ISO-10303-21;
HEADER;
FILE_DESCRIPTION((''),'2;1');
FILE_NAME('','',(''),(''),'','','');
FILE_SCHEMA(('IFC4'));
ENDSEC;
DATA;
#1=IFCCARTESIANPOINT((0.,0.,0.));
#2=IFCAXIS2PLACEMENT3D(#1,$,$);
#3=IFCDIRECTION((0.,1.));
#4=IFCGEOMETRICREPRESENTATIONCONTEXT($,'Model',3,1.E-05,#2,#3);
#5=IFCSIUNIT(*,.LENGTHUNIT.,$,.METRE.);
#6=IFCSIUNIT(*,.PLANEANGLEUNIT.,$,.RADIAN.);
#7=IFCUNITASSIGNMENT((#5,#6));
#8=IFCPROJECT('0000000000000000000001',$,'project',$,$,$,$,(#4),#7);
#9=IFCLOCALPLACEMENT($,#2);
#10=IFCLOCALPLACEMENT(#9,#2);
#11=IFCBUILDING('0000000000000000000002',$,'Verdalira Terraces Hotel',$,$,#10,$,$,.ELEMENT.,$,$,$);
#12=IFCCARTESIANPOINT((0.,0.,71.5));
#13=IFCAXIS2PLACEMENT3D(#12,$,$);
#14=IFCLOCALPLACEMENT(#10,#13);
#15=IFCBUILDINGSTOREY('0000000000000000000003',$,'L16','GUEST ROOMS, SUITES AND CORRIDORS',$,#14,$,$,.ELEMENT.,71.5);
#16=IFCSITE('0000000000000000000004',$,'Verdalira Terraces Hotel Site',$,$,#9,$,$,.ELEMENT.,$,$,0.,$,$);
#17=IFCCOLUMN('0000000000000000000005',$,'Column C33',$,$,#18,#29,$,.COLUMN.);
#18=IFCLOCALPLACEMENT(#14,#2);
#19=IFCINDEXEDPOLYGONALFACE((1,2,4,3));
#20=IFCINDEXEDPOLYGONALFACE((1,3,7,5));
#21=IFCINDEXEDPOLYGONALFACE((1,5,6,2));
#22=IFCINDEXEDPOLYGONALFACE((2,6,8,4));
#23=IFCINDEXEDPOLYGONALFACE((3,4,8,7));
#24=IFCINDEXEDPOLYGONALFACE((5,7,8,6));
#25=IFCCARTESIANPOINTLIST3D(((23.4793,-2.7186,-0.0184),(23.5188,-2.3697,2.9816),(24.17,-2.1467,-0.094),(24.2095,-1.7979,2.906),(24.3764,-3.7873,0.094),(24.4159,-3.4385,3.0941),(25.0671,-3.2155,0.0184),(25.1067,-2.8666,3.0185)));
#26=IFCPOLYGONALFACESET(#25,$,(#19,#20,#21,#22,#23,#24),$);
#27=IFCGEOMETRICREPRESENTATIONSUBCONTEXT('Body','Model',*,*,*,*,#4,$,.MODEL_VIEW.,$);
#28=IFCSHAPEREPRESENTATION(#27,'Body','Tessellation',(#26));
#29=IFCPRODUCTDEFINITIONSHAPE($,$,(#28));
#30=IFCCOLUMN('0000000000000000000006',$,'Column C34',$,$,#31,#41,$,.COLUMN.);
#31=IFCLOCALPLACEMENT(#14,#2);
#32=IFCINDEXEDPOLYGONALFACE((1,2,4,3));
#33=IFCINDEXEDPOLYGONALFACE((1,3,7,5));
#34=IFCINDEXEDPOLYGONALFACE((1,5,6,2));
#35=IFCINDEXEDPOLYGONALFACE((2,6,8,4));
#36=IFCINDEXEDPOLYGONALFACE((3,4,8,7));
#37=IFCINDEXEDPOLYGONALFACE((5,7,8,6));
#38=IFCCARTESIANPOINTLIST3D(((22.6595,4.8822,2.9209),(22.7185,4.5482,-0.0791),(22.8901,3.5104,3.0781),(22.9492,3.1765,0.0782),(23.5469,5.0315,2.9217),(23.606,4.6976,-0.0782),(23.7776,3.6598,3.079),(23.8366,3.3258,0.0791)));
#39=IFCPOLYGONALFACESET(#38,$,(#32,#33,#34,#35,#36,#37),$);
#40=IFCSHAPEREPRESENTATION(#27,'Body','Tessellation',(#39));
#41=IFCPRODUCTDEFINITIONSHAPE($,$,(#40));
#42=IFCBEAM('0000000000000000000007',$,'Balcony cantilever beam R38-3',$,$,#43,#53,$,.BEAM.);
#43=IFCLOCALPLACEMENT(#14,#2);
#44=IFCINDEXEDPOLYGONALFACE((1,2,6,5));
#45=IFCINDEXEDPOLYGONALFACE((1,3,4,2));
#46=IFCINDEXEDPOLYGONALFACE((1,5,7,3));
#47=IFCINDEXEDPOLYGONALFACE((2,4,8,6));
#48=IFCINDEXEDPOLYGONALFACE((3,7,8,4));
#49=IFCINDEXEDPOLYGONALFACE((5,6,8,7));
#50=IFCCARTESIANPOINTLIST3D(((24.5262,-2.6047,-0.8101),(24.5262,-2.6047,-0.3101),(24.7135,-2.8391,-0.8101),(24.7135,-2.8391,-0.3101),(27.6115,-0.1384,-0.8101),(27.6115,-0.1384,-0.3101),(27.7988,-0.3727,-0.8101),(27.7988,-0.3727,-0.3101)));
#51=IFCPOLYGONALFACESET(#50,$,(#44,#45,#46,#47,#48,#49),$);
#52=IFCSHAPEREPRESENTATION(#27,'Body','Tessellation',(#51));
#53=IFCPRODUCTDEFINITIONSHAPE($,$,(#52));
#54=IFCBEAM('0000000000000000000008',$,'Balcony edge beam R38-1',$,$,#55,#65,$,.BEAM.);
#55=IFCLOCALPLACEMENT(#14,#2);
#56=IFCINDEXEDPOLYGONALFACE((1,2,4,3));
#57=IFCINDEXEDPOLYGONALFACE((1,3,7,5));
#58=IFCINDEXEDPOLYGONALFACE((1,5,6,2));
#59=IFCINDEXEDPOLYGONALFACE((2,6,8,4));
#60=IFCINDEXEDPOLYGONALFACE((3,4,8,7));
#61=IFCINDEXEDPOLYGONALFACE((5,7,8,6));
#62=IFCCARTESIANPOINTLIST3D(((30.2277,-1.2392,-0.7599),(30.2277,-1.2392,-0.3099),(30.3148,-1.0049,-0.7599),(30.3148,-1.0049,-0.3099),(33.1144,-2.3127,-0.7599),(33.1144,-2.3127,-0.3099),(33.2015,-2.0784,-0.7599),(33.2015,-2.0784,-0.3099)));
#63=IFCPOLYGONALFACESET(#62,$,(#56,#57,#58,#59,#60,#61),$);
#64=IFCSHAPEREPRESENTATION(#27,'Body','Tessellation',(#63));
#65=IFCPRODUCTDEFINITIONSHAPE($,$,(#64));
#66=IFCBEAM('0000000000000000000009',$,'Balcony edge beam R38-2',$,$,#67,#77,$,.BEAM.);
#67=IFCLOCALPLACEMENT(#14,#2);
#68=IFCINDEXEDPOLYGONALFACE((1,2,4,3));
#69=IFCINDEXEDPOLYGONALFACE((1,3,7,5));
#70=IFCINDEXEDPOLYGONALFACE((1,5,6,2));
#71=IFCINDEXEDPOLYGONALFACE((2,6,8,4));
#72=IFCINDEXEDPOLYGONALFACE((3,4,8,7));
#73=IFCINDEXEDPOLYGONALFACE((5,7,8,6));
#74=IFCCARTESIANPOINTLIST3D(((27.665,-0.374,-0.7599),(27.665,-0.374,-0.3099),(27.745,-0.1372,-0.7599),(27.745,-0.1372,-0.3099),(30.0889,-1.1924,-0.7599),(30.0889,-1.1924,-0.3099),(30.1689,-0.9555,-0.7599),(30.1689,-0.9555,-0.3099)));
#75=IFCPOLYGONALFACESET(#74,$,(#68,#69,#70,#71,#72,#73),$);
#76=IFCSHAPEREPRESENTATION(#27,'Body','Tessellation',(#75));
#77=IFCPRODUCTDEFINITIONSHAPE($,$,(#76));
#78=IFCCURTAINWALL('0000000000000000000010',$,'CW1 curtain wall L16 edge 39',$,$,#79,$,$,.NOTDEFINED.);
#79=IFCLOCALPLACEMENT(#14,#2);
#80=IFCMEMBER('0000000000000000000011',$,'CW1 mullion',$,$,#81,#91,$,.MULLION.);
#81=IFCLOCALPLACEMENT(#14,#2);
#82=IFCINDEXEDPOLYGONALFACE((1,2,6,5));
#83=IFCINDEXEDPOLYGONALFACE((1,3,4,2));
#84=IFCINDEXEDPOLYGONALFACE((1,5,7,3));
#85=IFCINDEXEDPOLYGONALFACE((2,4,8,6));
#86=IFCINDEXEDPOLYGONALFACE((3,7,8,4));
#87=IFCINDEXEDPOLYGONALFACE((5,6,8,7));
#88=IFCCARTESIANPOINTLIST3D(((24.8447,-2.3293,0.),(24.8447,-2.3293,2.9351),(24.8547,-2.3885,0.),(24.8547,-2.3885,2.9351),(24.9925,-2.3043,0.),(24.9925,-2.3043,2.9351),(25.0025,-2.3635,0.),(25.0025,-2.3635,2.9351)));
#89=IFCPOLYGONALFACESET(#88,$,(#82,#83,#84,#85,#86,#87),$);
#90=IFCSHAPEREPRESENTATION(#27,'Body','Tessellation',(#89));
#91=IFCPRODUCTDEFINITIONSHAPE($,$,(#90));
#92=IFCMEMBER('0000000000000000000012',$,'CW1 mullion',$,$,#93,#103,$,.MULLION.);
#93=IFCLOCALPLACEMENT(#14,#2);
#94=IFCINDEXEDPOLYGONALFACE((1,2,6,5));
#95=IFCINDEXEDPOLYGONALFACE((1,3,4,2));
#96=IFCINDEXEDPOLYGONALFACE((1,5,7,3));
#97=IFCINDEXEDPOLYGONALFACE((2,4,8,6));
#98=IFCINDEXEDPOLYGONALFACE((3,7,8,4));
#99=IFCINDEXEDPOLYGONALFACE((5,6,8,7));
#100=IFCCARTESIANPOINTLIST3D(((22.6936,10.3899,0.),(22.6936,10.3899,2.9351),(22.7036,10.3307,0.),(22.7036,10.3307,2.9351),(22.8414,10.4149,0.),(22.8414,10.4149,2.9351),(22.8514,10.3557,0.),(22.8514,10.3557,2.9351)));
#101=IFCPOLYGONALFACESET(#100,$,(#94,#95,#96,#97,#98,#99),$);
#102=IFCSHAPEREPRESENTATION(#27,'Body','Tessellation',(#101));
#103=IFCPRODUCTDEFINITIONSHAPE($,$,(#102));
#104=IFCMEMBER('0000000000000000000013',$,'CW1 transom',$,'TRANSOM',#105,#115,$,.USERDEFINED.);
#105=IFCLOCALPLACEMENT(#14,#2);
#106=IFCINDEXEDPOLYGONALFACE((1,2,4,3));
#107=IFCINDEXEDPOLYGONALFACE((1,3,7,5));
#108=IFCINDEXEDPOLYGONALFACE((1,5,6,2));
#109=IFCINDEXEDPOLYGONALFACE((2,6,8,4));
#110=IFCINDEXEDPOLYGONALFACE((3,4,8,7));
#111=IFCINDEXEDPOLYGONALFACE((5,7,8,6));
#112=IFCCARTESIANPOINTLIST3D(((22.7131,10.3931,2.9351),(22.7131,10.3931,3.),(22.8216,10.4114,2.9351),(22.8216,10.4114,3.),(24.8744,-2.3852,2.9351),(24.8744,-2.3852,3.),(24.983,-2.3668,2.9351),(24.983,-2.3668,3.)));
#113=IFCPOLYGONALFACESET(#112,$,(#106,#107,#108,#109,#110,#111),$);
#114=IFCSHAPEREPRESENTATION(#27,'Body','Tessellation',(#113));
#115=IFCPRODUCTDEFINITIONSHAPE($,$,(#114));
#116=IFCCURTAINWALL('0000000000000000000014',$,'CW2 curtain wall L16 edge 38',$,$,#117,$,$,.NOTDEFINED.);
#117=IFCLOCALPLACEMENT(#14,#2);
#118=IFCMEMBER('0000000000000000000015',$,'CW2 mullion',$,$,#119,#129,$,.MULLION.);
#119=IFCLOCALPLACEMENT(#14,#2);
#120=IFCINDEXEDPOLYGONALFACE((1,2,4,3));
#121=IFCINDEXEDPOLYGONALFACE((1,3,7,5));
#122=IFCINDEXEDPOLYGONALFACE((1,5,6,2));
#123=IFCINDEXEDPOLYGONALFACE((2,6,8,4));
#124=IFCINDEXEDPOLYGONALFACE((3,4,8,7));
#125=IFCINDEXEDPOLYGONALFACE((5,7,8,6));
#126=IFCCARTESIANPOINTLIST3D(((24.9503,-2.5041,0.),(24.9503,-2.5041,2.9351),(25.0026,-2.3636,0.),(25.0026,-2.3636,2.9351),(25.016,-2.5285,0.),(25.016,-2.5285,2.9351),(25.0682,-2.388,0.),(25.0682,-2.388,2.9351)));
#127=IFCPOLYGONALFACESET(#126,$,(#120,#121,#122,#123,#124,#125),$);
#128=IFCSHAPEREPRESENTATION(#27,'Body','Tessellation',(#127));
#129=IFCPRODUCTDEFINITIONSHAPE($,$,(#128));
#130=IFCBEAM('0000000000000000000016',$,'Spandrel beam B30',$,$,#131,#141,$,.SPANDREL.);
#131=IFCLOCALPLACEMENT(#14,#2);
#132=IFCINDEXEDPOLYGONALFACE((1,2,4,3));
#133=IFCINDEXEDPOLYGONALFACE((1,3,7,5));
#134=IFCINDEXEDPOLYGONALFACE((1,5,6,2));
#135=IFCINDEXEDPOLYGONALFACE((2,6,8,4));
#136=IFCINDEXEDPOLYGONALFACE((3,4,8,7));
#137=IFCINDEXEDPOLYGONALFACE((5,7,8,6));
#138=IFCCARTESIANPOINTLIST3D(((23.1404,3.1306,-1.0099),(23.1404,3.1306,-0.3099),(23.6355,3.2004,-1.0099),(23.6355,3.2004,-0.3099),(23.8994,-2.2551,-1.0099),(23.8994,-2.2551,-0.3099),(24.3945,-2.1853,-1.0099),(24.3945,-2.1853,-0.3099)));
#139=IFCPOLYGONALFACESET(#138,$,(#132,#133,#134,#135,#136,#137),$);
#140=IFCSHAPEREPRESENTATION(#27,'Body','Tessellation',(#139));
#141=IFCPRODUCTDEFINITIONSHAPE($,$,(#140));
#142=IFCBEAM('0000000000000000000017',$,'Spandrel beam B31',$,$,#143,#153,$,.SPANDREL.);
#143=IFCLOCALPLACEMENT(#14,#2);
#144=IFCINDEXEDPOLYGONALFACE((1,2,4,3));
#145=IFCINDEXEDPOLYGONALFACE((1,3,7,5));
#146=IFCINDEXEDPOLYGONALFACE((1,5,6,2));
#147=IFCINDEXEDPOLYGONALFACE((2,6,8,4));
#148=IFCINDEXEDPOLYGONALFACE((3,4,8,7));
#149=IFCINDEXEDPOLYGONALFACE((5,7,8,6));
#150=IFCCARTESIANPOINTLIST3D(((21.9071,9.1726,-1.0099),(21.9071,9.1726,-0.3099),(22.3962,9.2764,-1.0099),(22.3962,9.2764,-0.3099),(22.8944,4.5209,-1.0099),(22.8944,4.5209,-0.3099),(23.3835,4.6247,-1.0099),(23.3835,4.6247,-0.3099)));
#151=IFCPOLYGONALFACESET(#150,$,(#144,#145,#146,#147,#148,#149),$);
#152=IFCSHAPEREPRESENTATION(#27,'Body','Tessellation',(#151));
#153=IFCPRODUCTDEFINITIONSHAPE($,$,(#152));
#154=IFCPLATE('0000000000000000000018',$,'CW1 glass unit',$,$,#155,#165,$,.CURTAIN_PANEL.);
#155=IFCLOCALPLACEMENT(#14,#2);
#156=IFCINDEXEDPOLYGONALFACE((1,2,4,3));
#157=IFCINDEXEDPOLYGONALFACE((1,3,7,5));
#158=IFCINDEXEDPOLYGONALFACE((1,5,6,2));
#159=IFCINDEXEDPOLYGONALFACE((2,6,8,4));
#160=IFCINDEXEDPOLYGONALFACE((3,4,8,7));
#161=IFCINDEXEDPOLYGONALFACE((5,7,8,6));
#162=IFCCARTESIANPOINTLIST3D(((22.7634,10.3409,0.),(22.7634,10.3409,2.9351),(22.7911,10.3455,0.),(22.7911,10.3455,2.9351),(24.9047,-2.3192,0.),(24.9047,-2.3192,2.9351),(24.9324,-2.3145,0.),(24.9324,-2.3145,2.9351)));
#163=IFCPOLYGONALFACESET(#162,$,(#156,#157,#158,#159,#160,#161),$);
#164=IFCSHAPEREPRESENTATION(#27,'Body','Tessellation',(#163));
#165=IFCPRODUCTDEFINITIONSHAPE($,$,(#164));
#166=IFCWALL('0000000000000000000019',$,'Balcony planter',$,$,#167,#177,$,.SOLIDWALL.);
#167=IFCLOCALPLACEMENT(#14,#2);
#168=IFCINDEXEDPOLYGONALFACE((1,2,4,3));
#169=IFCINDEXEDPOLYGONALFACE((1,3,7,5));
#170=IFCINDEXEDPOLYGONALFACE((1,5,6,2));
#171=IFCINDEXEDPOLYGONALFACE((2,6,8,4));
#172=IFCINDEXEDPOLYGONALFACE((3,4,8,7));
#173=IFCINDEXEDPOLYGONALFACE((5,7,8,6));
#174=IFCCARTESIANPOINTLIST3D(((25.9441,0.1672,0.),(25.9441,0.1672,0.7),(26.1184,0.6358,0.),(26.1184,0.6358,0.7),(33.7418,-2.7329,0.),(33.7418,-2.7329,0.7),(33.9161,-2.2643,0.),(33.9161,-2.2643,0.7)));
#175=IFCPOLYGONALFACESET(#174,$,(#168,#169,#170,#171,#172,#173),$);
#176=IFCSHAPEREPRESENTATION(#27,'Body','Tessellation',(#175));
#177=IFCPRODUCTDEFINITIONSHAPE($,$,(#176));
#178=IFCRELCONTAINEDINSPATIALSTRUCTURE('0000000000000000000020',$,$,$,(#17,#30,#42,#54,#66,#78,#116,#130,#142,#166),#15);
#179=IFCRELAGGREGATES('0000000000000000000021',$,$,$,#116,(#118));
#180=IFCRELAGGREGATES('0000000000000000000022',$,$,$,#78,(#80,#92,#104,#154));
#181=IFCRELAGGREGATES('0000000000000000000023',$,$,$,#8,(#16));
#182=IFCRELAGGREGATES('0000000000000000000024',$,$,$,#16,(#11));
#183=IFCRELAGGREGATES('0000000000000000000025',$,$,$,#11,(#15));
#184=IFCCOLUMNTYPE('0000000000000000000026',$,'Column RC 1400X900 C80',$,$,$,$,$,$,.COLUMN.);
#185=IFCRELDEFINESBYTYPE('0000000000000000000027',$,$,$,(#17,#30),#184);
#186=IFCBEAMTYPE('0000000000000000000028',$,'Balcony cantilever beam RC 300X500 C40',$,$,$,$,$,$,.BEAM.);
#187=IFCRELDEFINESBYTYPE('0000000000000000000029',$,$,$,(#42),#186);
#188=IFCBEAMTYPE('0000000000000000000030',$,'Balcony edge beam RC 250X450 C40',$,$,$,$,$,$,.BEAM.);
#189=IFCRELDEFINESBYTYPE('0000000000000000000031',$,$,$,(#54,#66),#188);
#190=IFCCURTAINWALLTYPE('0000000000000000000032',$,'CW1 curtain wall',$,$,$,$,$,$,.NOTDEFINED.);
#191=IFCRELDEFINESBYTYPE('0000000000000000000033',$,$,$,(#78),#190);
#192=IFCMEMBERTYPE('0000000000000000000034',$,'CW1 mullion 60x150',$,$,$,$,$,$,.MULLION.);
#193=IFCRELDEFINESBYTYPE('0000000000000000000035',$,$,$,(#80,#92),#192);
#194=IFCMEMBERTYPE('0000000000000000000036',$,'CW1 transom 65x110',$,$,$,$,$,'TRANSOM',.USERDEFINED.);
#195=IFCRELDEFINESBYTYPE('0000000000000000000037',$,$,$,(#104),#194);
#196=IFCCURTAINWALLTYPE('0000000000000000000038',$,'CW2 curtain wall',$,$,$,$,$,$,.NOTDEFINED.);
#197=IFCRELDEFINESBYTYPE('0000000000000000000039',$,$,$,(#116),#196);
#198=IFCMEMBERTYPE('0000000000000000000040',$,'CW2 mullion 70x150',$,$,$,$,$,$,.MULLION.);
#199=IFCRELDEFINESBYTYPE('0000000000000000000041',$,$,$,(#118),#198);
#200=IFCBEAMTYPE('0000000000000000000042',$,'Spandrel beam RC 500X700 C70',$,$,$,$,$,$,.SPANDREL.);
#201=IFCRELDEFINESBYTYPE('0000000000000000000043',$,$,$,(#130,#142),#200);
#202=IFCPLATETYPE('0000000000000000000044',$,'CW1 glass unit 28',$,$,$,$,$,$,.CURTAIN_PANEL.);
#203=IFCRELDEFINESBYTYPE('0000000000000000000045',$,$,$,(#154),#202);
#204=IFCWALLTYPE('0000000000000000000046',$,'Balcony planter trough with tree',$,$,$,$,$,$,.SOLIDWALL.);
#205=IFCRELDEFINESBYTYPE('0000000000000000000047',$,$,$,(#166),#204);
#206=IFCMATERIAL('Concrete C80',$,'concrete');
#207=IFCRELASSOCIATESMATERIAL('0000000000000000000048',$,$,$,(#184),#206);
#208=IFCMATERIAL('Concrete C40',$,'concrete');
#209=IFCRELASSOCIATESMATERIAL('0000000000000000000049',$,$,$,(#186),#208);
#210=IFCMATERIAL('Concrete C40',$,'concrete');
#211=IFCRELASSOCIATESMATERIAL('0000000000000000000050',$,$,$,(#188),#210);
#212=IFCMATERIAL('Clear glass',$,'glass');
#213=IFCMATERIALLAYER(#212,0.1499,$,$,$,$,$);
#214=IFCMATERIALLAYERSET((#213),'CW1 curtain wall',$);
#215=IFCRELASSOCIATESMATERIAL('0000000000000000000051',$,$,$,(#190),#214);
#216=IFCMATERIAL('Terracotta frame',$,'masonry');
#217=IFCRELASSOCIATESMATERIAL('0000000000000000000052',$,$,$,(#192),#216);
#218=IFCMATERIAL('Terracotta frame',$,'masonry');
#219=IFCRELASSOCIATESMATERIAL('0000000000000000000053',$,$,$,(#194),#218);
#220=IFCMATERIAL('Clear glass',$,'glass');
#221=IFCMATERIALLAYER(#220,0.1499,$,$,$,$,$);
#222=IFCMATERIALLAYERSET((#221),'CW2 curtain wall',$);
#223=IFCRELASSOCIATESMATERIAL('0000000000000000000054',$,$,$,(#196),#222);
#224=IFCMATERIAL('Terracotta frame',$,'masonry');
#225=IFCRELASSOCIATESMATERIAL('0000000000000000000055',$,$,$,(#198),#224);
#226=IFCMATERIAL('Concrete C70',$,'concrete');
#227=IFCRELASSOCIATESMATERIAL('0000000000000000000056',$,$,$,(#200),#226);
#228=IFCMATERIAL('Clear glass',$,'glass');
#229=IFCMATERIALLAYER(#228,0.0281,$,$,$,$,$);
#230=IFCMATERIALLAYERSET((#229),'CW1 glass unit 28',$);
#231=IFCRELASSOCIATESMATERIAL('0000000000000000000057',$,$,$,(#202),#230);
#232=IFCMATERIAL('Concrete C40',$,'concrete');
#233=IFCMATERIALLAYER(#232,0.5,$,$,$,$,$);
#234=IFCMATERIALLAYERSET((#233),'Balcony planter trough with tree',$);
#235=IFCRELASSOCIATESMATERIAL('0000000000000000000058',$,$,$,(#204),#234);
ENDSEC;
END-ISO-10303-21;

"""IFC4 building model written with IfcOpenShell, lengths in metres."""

from ifc_helpers import new_model, si_unit, direction, frame, frame_2d, origin, origin_2d, place, context, subcontext, project, spatial, rectangle, extrude, material, layer, layer_set, material_profile, profile_set, type_object, element, aggregate, save


model = new_model("IFC4")

# Units and contexts
model_context = context("Model", 3, precision=1e-05, world=origin(), true_north=direction((0.0, 1.0)))
body_context = subcontext(model_context, "Body", "Model", "MODEL_VIEW")
ifc_project = project(units=[si_unit("LENGTHUNIT", "METRE"), si_unit("PLANEANGLEUNIT", "RADIAN")], contexts=[model_context])

# Site, building, storey
site_placement = place(None, origin())
site = spatial("IfcSite", under=ifc_project, at=site_placement, Name="Verdalira Terraces Hotel Site", CompositionType="ELEMENT", RefElevation=0.0)
building_placement = place(site_placement, origin())
building = spatial("IfcBuilding", under=site, at=building_placement, Name="Verdalira Terraces Hotel", CompositionType="ELEMENT")
storey_placement = place(building_placement, frame((0.0, 0.0, 71.5)))
storey = spatial("IfcBuildingStorey", under=building, at=storey_placement, Name="L16", Description="GUEST ROOMS, SUITES AND CORRIDORS", CompositionType="ELEMENT", Elevation=71.5)

# Columns
ifc_material_1 = material(Name="Concrete C80", Category="concrete")
ifc_material_profile_1 = material_profile(ifc_material_1, rectangle(XDim=1.3999, YDim=0.8999, at=origin_2d()), Name="RC 1400X900")
ifc_profile_set_1 = profile_set([ifc_material_profile_1], Name="Concrete C80")
column_type = type_object("IfcColumnType", Name="Column RC 1400X900 C80", PredefinedType="COLUMN", material=ifc_profile_set_1)
column_1_placement = place(storey_placement, frame((24.2732, -2.967, 0.0), z_axis=(0.013094, 0.115504, 0.993221), x_axis=(0.640851, -0.76345, 0.080335)))
element("IfcColumn", 1, at=column_1_placement, inside=storey, type_object=column_type, Name="Column C33", PredefinedType="COLUMN", context=body_context, shape_type="SweptSolid", body=[
    extrude(rectangle(XDim=1.3999, YDim=0.8999, at=origin_2d()), origin(), (0.0, 0.0, 1.0), 3.0205),
])
column_2_placement = place(storey_placement, frame((23.2776, 3.937, 0.0), z_axis=(-0.019569, 0.110623, 0.99367), x_axis=(-0.164784, 0.979911, -0.112337)))
element("IfcColumn", 2, at=column_2_placement, inside=storey, type_object=column_type, Name="Column C34", PredefinedType="COLUMN", context=body_context, shape_type="SweptSolid", body=[
    extrude(rectangle(XDim=1.3999, YDim=0.8999, at=origin_2d()), origin(), (0.0, 0.0, 1.0), 3.019),
])

# Beams
ifc_material_2 = material(Name="Concrete C40", Category="concrete")
ifc_material_profile_2 = material_profile(ifc_material_2, rectangle(XDim=0.3, YDim=0.5, at=origin_2d()), Name="RC 300X500")
ifc_profile_set_2 = profile_set([ifc_material_profile_2], Name="Concrete C40")
beam_type_1 = type_object("IfcBeamType", Name="Balcony cantilever beam RC 300X500 C40", PredefinedType="BEAM", material=ifc_profile_set_2)
beam_1_placement = place(storey_placement, frame((24.6199, -2.7219, -0.5601), z_axis=(0.781098, 0.624409, 0.0), x_axis=(-0.624409, 0.781098, 0.0)))
element("IfcBeam", 3, at=beam_1_placement, inside=storey, type_object=beam_type_1, Name="Balcony cantilever beam R38-3", PredefinedType="BEAM", context=body_context, shape_type="SweptSolid", body=[
    extrude(rectangle(XDim=0.3, YDim=0.5, at=origin_2d()), origin(), (0.0, 0.0, 1.0), 3.95),
])
ifc_material_3 = material(Name="Concrete C40", Category="concrete")
ifc_material_profile_3 = material_profile(ifc_material_3, rectangle(XDim=0.25, YDim=0.45, at=origin_2d()), Name="RC 250X450")
ifc_profile_set_3 = profile_set([ifc_material_profile_3], Name="Concrete C40")
beam_type_2 = type_object("IfcBeamType", Name="Balcony edge beam RC 250X450 C40", PredefinedType="BEAM", material=ifc_profile_set_3)
beam_2_placement = place(storey_placement, frame((33.158, -2.1956, -0.5349), z_axis=(-0.93729, 0.348551, 0.0), x_axis=(-0.348551, -0.93729, 0.0)))
element("IfcBeam", 4, at=beam_2_placement, inside=storey, type_object=beam_type_2, Name="Balcony edge beam R38-1", PredefinedType="BEAM", context=body_context, shape_type="SweptSolid", body=[
    extrude(rectangle(XDim=0.25, YDim=0.45, at=origin_2d()), origin(), (0.0, 0.0, 1.0), 3.0798),
])
beam_3_placement = place(storey_placement, frame((30.1289, -1.074, -0.5349), z_axis=(-0.947455, 0.31989, 0.0), x_axis=(-0.31989, -0.947455, 0.0)))
element("IfcBeam", 5, at=beam_3_placement, inside=storey, type_object=beam_type_2, Name="Balcony edge beam R38-2", PredefinedType="BEAM", context=body_context, shape_type="SweptSolid", body=[
    extrude(rectangle(XDim=0.25, YDim=0.45, at=origin_2d()), origin(), (0.0, 0.0, 1.0), 2.5583),
])

# Curtain wall, members
ifc_material_4 = material(Name="Clear glass", Category="glass")
ifc_layer_1 = layer(ifc_material_4, 0.1499)
ifc_layer_set_1 = layer_set([ifc_layer_1], Name="CW1 curtain wall")
curtain_wall_type_1 = type_object("IfcCurtainWallType", Name="CW1 curtain wall", PredefinedType="NOTDEFINED", material=ifc_layer_set_1)
curtain_wall_1_placement = place(storey_placement, origin())
curtain_wall_1 = element("IfcCurtainWall", 6, at=curtain_wall_1_placement, inside=storey, type_object=curtain_wall_type_1, Name="CW1 curtain wall L16 edge 39", PredefinedType="NOTDEFINED")
ifc_material_5 = material(Name="Terracotta frame", Category="masonry")
ifc_material_profile_4 = material_profile(ifc_material_5, rectangle(XDim=0.0601, YDim=0.1499, at=origin_2d()), Name="MU 60x150")
ifc_profile_set_4 = profile_set([ifc_material_profile_4], Name="Terracotta frame")
member_type_1 = type_object("IfcMemberType", Name="CW1 mullion 60x150", PredefinedType="MULLION", material=ifc_profile_set_4)
member_1_placement = place(storey_placement, frame((24.9236, -2.3464, 0.0), z_axis=(0.0, 0.0, 1.0), x_axis=(-0.166769, 0.985996, 0.0)))
member_1 = element("IfcMember", 7, at=member_1_placement, type_object=member_type_1, Name="CW1 mullion", PredefinedType="MULLION", context=body_context, shape_type="SweptSolid", body=[
    extrude(rectangle(XDim=0.0601, YDim=0.1499, at=origin_2d()), origin(), (0.0, 0.0, 1.0), 2.9351),
])
member_2_placement = place(storey_placement, frame((22.7725, 10.3728, 0.0), z_axis=(0.0, 0.0, 1.0), x_axis=(-0.166769, 0.985996, 0.0)))
member_2 = element("IfcMember", 8, at=member_2_placement, type_object=member_type_1, Name="CW1 mullion", PredefinedType="MULLION", context=body_context, shape_type="SweptSolid", body=[
    extrude(rectangle(XDim=0.0601, YDim=0.1499, at=origin_2d()), origin(), (0.0, 0.0, 1.0), 2.9351),
])
ifc_material_6 = material(Name="Terracotta frame", Category="masonry")
ifc_material_profile_5 = material_profile(ifc_material_6, rectangle(XDim=0.1101, YDim=0.0649, at=origin_2d()), Name="TR 65x110")
ifc_profile_set_5 = profile_set([ifc_material_profile_5], Name="Terracotta frame")
member_type_2 = type_object("IfcMemberType", Name="CW1 transom 65x110", ElementType="TRANSOM", PredefinedType="USERDEFINED", material=ifc_profile_set_5)
member_3_placement = place(storey_placement, frame((24.9287, -2.376, 2.9675), z_axis=(-0.166775, 0.985995, 0.0), x_axis=(-0.985995, -0.166775, 0.0)))
member_3 = element("IfcMember", 9, at=member_3_placement, type_object=member_type_2, Name="CW1 transom", ObjectType="TRANSOM", PredefinedType="USERDEFINED", context=body_context, shape_type="SweptSolid", body=[
    extrude(rectangle(XDim=0.1101, YDim=0.0649, at=origin_2d()), origin(), (0.0, 0.0, 1.0), 12.9597),
])

# Curtain wall, member
ifc_material_7 = material(Name="Clear glass", Category="glass")
ifc_layer_2 = layer(ifc_material_7, 0.1499)
ifc_layer_set_2 = layer_set([ifc_layer_2], Name="CW2 curtain wall")
curtain_wall_type_2 = type_object("IfcCurtainWallType", Name="CW2 curtain wall", PredefinedType="NOTDEFINED", material=ifc_layer_set_2)
curtain_wall_2_placement = place(storey_placement, origin())
curtain_wall_2 = element("IfcCurtainWall", 10, at=curtain_wall_2_placement, inside=storey, type_object=curtain_wall_type_2, Name="CW2 curtain wall L16 edge 38", PredefinedType="NOTDEFINED")
ifc_material_8 = material(Name="Terracotta frame", Category="masonry")
ifc_material_profile_6 = material_profile(ifc_material_8, rectangle(XDim=0.0701, YDim=0.1499, at=origin_2d()), Name="MU 70x150")
ifc_profile_set_6 = profile_set([ifc_material_profile_6], Name="Terracotta frame")
member_type_3 = type_object("IfcMemberType", Name="CW2 mullion 70x150", PredefinedType="MULLION", material=ifc_profile_set_6)
member_4_placement = place(storey_placement, frame((25.0093, -2.446, 0.0), z_axis=(0.0, 0.0, 1.0), x_axis=(-0.937282, 0.348572, 0.0)))
member_4 = element("IfcMember", 11, at=member_4_placement, type_object=member_type_3, Name="CW2 mullion", PredefinedType="MULLION", context=body_context, shape_type="SweptSolid", body=[
    extrude(rectangle(XDim=0.0701, YDim=0.1499, at=origin_2d()), origin(), (0.0, 0.0, 1.0), 2.9351),
])
aggregate(curtain_wall_2, [member_4])

# Beams
ifc_material_9 = material(Name="Concrete C70", Category="concrete")
ifc_material_profile_7 = material_profile(ifc_material_9, rectangle(XDim=0.5, YDim=0.7, at=origin_2d()), Name="RC 500X700")
ifc_profile_set_7 = profile_set([ifc_material_profile_7], Name="Concrete C70")
beam_type_3 = type_object("IfcBeamType", Name="Spandrel beam RC 500X700 C70", PredefinedType="SPANDREL", material=ifc_profile_set_7)
beam_4_placement = place(storey_placement, frame((24.147, -2.2202, -0.6599), z_axis=(-0.139555, 0.990214, 0.0), x_axis=(-0.990214, -0.139555, 0.0)))
element("IfcBeam", 12, at=beam_4_placement, inside=storey, type_object=beam_type_3, Name="Spandrel beam B30", PredefinedType="SPANDREL", context=body_context, shape_type="SweptSolid", body=[
    extrude(rectangle(XDim=0.5, YDim=0.7, at=origin_2d()), origin(), (0.0, 0.0, 1.0), 5.439),
])
beam_5_placement = place(storey_placement, frame((23.1389, 4.5728, -0.6599), z_axis=(-0.207614, 0.978211, 0.0), x_axis=(-0.978211, -0.207614, 0.0)))
element("IfcBeam", 13, at=beam_5_placement, inside=storey, type_object=beam_type_3, Name="Spandrel beam B31", PredefinedType="SPANDREL", context=body_context, shape_type="SweptSolid", body=[
    extrude(rectangle(XDim=0.5, YDim=0.7, at=origin_2d()), origin(), (0.0, 0.0, 1.0), 4.7554),
])

# Plate
ifc_material_10 = material(Name="Clear glass", Category="glass")
ifc_layer_3 = layer(ifc_material_10, 0.0281)
ifc_layer_set_3 = layer_set([ifc_layer_3], Name="CW1 glass unit 28")
plate_type = type_object("IfcPlateType", Name="CW1 glass unit 28", PredefinedType="CURTAIN_PANEL", material=ifc_layer_set_3)
plate_placement = place(storey_placement, frame((23.8479, 4.0132, 0.0), z_axis=(0.0, 0.0, 1.0), x_axis=(-0.166769, 0.985996, 0.0)))
plate = element("IfcPlate", 14, at=plate_placement, type_object=plate_type, Name="CW1 glass unit", PredefinedType="CURTAIN_PANEL", context=body_context, shape_type="SweptSolid", body=[
    extrude(rectangle(XDim=12.8398, YDim=0.0281, at=origin_2d()), origin(), (0.0, 0.0, 1.0), 2.9351),
])
aggregate(curtain_wall_1, [member_1, member_2, member_3, plate])

# Wall
ifc_material_11 = material(Name="Concrete C40", Category="concrete")
ifc_layer_4 = layer(ifc_material_11, 0.5)
ifc_layer_set_4 = layer_set([ifc_layer_4], Name="Balcony planter trough with tree")
wall_type_1 = type_object("IfcWallType", Name="Balcony planter trough with tree", PredefinedType="SOLIDWALL", material=ifc_layer_set_4)
wall_1_placement = place(storey_placement, frame((33.8289, -2.4985, 0.0), z_axis=(0.0, 0.0, 1.0), x_axis=(-0.937276, 0.348588, 0.0)))
element("IfcWall", 15, at=wall_1_placement, inside=storey, type_object=wall_type_1, Name="Balcony planter", PredefinedType="SOLIDWALL", context=body_context, shape_type="SweptSolid", body=[
    extrude(rectangle(XDim=8.3196, YDim=0.5, at=frame_2d((4.1597, 0.0))), origin(), (0.0, 0.0, 1.0), 0.7),
])

save(model, "model.ifc")
